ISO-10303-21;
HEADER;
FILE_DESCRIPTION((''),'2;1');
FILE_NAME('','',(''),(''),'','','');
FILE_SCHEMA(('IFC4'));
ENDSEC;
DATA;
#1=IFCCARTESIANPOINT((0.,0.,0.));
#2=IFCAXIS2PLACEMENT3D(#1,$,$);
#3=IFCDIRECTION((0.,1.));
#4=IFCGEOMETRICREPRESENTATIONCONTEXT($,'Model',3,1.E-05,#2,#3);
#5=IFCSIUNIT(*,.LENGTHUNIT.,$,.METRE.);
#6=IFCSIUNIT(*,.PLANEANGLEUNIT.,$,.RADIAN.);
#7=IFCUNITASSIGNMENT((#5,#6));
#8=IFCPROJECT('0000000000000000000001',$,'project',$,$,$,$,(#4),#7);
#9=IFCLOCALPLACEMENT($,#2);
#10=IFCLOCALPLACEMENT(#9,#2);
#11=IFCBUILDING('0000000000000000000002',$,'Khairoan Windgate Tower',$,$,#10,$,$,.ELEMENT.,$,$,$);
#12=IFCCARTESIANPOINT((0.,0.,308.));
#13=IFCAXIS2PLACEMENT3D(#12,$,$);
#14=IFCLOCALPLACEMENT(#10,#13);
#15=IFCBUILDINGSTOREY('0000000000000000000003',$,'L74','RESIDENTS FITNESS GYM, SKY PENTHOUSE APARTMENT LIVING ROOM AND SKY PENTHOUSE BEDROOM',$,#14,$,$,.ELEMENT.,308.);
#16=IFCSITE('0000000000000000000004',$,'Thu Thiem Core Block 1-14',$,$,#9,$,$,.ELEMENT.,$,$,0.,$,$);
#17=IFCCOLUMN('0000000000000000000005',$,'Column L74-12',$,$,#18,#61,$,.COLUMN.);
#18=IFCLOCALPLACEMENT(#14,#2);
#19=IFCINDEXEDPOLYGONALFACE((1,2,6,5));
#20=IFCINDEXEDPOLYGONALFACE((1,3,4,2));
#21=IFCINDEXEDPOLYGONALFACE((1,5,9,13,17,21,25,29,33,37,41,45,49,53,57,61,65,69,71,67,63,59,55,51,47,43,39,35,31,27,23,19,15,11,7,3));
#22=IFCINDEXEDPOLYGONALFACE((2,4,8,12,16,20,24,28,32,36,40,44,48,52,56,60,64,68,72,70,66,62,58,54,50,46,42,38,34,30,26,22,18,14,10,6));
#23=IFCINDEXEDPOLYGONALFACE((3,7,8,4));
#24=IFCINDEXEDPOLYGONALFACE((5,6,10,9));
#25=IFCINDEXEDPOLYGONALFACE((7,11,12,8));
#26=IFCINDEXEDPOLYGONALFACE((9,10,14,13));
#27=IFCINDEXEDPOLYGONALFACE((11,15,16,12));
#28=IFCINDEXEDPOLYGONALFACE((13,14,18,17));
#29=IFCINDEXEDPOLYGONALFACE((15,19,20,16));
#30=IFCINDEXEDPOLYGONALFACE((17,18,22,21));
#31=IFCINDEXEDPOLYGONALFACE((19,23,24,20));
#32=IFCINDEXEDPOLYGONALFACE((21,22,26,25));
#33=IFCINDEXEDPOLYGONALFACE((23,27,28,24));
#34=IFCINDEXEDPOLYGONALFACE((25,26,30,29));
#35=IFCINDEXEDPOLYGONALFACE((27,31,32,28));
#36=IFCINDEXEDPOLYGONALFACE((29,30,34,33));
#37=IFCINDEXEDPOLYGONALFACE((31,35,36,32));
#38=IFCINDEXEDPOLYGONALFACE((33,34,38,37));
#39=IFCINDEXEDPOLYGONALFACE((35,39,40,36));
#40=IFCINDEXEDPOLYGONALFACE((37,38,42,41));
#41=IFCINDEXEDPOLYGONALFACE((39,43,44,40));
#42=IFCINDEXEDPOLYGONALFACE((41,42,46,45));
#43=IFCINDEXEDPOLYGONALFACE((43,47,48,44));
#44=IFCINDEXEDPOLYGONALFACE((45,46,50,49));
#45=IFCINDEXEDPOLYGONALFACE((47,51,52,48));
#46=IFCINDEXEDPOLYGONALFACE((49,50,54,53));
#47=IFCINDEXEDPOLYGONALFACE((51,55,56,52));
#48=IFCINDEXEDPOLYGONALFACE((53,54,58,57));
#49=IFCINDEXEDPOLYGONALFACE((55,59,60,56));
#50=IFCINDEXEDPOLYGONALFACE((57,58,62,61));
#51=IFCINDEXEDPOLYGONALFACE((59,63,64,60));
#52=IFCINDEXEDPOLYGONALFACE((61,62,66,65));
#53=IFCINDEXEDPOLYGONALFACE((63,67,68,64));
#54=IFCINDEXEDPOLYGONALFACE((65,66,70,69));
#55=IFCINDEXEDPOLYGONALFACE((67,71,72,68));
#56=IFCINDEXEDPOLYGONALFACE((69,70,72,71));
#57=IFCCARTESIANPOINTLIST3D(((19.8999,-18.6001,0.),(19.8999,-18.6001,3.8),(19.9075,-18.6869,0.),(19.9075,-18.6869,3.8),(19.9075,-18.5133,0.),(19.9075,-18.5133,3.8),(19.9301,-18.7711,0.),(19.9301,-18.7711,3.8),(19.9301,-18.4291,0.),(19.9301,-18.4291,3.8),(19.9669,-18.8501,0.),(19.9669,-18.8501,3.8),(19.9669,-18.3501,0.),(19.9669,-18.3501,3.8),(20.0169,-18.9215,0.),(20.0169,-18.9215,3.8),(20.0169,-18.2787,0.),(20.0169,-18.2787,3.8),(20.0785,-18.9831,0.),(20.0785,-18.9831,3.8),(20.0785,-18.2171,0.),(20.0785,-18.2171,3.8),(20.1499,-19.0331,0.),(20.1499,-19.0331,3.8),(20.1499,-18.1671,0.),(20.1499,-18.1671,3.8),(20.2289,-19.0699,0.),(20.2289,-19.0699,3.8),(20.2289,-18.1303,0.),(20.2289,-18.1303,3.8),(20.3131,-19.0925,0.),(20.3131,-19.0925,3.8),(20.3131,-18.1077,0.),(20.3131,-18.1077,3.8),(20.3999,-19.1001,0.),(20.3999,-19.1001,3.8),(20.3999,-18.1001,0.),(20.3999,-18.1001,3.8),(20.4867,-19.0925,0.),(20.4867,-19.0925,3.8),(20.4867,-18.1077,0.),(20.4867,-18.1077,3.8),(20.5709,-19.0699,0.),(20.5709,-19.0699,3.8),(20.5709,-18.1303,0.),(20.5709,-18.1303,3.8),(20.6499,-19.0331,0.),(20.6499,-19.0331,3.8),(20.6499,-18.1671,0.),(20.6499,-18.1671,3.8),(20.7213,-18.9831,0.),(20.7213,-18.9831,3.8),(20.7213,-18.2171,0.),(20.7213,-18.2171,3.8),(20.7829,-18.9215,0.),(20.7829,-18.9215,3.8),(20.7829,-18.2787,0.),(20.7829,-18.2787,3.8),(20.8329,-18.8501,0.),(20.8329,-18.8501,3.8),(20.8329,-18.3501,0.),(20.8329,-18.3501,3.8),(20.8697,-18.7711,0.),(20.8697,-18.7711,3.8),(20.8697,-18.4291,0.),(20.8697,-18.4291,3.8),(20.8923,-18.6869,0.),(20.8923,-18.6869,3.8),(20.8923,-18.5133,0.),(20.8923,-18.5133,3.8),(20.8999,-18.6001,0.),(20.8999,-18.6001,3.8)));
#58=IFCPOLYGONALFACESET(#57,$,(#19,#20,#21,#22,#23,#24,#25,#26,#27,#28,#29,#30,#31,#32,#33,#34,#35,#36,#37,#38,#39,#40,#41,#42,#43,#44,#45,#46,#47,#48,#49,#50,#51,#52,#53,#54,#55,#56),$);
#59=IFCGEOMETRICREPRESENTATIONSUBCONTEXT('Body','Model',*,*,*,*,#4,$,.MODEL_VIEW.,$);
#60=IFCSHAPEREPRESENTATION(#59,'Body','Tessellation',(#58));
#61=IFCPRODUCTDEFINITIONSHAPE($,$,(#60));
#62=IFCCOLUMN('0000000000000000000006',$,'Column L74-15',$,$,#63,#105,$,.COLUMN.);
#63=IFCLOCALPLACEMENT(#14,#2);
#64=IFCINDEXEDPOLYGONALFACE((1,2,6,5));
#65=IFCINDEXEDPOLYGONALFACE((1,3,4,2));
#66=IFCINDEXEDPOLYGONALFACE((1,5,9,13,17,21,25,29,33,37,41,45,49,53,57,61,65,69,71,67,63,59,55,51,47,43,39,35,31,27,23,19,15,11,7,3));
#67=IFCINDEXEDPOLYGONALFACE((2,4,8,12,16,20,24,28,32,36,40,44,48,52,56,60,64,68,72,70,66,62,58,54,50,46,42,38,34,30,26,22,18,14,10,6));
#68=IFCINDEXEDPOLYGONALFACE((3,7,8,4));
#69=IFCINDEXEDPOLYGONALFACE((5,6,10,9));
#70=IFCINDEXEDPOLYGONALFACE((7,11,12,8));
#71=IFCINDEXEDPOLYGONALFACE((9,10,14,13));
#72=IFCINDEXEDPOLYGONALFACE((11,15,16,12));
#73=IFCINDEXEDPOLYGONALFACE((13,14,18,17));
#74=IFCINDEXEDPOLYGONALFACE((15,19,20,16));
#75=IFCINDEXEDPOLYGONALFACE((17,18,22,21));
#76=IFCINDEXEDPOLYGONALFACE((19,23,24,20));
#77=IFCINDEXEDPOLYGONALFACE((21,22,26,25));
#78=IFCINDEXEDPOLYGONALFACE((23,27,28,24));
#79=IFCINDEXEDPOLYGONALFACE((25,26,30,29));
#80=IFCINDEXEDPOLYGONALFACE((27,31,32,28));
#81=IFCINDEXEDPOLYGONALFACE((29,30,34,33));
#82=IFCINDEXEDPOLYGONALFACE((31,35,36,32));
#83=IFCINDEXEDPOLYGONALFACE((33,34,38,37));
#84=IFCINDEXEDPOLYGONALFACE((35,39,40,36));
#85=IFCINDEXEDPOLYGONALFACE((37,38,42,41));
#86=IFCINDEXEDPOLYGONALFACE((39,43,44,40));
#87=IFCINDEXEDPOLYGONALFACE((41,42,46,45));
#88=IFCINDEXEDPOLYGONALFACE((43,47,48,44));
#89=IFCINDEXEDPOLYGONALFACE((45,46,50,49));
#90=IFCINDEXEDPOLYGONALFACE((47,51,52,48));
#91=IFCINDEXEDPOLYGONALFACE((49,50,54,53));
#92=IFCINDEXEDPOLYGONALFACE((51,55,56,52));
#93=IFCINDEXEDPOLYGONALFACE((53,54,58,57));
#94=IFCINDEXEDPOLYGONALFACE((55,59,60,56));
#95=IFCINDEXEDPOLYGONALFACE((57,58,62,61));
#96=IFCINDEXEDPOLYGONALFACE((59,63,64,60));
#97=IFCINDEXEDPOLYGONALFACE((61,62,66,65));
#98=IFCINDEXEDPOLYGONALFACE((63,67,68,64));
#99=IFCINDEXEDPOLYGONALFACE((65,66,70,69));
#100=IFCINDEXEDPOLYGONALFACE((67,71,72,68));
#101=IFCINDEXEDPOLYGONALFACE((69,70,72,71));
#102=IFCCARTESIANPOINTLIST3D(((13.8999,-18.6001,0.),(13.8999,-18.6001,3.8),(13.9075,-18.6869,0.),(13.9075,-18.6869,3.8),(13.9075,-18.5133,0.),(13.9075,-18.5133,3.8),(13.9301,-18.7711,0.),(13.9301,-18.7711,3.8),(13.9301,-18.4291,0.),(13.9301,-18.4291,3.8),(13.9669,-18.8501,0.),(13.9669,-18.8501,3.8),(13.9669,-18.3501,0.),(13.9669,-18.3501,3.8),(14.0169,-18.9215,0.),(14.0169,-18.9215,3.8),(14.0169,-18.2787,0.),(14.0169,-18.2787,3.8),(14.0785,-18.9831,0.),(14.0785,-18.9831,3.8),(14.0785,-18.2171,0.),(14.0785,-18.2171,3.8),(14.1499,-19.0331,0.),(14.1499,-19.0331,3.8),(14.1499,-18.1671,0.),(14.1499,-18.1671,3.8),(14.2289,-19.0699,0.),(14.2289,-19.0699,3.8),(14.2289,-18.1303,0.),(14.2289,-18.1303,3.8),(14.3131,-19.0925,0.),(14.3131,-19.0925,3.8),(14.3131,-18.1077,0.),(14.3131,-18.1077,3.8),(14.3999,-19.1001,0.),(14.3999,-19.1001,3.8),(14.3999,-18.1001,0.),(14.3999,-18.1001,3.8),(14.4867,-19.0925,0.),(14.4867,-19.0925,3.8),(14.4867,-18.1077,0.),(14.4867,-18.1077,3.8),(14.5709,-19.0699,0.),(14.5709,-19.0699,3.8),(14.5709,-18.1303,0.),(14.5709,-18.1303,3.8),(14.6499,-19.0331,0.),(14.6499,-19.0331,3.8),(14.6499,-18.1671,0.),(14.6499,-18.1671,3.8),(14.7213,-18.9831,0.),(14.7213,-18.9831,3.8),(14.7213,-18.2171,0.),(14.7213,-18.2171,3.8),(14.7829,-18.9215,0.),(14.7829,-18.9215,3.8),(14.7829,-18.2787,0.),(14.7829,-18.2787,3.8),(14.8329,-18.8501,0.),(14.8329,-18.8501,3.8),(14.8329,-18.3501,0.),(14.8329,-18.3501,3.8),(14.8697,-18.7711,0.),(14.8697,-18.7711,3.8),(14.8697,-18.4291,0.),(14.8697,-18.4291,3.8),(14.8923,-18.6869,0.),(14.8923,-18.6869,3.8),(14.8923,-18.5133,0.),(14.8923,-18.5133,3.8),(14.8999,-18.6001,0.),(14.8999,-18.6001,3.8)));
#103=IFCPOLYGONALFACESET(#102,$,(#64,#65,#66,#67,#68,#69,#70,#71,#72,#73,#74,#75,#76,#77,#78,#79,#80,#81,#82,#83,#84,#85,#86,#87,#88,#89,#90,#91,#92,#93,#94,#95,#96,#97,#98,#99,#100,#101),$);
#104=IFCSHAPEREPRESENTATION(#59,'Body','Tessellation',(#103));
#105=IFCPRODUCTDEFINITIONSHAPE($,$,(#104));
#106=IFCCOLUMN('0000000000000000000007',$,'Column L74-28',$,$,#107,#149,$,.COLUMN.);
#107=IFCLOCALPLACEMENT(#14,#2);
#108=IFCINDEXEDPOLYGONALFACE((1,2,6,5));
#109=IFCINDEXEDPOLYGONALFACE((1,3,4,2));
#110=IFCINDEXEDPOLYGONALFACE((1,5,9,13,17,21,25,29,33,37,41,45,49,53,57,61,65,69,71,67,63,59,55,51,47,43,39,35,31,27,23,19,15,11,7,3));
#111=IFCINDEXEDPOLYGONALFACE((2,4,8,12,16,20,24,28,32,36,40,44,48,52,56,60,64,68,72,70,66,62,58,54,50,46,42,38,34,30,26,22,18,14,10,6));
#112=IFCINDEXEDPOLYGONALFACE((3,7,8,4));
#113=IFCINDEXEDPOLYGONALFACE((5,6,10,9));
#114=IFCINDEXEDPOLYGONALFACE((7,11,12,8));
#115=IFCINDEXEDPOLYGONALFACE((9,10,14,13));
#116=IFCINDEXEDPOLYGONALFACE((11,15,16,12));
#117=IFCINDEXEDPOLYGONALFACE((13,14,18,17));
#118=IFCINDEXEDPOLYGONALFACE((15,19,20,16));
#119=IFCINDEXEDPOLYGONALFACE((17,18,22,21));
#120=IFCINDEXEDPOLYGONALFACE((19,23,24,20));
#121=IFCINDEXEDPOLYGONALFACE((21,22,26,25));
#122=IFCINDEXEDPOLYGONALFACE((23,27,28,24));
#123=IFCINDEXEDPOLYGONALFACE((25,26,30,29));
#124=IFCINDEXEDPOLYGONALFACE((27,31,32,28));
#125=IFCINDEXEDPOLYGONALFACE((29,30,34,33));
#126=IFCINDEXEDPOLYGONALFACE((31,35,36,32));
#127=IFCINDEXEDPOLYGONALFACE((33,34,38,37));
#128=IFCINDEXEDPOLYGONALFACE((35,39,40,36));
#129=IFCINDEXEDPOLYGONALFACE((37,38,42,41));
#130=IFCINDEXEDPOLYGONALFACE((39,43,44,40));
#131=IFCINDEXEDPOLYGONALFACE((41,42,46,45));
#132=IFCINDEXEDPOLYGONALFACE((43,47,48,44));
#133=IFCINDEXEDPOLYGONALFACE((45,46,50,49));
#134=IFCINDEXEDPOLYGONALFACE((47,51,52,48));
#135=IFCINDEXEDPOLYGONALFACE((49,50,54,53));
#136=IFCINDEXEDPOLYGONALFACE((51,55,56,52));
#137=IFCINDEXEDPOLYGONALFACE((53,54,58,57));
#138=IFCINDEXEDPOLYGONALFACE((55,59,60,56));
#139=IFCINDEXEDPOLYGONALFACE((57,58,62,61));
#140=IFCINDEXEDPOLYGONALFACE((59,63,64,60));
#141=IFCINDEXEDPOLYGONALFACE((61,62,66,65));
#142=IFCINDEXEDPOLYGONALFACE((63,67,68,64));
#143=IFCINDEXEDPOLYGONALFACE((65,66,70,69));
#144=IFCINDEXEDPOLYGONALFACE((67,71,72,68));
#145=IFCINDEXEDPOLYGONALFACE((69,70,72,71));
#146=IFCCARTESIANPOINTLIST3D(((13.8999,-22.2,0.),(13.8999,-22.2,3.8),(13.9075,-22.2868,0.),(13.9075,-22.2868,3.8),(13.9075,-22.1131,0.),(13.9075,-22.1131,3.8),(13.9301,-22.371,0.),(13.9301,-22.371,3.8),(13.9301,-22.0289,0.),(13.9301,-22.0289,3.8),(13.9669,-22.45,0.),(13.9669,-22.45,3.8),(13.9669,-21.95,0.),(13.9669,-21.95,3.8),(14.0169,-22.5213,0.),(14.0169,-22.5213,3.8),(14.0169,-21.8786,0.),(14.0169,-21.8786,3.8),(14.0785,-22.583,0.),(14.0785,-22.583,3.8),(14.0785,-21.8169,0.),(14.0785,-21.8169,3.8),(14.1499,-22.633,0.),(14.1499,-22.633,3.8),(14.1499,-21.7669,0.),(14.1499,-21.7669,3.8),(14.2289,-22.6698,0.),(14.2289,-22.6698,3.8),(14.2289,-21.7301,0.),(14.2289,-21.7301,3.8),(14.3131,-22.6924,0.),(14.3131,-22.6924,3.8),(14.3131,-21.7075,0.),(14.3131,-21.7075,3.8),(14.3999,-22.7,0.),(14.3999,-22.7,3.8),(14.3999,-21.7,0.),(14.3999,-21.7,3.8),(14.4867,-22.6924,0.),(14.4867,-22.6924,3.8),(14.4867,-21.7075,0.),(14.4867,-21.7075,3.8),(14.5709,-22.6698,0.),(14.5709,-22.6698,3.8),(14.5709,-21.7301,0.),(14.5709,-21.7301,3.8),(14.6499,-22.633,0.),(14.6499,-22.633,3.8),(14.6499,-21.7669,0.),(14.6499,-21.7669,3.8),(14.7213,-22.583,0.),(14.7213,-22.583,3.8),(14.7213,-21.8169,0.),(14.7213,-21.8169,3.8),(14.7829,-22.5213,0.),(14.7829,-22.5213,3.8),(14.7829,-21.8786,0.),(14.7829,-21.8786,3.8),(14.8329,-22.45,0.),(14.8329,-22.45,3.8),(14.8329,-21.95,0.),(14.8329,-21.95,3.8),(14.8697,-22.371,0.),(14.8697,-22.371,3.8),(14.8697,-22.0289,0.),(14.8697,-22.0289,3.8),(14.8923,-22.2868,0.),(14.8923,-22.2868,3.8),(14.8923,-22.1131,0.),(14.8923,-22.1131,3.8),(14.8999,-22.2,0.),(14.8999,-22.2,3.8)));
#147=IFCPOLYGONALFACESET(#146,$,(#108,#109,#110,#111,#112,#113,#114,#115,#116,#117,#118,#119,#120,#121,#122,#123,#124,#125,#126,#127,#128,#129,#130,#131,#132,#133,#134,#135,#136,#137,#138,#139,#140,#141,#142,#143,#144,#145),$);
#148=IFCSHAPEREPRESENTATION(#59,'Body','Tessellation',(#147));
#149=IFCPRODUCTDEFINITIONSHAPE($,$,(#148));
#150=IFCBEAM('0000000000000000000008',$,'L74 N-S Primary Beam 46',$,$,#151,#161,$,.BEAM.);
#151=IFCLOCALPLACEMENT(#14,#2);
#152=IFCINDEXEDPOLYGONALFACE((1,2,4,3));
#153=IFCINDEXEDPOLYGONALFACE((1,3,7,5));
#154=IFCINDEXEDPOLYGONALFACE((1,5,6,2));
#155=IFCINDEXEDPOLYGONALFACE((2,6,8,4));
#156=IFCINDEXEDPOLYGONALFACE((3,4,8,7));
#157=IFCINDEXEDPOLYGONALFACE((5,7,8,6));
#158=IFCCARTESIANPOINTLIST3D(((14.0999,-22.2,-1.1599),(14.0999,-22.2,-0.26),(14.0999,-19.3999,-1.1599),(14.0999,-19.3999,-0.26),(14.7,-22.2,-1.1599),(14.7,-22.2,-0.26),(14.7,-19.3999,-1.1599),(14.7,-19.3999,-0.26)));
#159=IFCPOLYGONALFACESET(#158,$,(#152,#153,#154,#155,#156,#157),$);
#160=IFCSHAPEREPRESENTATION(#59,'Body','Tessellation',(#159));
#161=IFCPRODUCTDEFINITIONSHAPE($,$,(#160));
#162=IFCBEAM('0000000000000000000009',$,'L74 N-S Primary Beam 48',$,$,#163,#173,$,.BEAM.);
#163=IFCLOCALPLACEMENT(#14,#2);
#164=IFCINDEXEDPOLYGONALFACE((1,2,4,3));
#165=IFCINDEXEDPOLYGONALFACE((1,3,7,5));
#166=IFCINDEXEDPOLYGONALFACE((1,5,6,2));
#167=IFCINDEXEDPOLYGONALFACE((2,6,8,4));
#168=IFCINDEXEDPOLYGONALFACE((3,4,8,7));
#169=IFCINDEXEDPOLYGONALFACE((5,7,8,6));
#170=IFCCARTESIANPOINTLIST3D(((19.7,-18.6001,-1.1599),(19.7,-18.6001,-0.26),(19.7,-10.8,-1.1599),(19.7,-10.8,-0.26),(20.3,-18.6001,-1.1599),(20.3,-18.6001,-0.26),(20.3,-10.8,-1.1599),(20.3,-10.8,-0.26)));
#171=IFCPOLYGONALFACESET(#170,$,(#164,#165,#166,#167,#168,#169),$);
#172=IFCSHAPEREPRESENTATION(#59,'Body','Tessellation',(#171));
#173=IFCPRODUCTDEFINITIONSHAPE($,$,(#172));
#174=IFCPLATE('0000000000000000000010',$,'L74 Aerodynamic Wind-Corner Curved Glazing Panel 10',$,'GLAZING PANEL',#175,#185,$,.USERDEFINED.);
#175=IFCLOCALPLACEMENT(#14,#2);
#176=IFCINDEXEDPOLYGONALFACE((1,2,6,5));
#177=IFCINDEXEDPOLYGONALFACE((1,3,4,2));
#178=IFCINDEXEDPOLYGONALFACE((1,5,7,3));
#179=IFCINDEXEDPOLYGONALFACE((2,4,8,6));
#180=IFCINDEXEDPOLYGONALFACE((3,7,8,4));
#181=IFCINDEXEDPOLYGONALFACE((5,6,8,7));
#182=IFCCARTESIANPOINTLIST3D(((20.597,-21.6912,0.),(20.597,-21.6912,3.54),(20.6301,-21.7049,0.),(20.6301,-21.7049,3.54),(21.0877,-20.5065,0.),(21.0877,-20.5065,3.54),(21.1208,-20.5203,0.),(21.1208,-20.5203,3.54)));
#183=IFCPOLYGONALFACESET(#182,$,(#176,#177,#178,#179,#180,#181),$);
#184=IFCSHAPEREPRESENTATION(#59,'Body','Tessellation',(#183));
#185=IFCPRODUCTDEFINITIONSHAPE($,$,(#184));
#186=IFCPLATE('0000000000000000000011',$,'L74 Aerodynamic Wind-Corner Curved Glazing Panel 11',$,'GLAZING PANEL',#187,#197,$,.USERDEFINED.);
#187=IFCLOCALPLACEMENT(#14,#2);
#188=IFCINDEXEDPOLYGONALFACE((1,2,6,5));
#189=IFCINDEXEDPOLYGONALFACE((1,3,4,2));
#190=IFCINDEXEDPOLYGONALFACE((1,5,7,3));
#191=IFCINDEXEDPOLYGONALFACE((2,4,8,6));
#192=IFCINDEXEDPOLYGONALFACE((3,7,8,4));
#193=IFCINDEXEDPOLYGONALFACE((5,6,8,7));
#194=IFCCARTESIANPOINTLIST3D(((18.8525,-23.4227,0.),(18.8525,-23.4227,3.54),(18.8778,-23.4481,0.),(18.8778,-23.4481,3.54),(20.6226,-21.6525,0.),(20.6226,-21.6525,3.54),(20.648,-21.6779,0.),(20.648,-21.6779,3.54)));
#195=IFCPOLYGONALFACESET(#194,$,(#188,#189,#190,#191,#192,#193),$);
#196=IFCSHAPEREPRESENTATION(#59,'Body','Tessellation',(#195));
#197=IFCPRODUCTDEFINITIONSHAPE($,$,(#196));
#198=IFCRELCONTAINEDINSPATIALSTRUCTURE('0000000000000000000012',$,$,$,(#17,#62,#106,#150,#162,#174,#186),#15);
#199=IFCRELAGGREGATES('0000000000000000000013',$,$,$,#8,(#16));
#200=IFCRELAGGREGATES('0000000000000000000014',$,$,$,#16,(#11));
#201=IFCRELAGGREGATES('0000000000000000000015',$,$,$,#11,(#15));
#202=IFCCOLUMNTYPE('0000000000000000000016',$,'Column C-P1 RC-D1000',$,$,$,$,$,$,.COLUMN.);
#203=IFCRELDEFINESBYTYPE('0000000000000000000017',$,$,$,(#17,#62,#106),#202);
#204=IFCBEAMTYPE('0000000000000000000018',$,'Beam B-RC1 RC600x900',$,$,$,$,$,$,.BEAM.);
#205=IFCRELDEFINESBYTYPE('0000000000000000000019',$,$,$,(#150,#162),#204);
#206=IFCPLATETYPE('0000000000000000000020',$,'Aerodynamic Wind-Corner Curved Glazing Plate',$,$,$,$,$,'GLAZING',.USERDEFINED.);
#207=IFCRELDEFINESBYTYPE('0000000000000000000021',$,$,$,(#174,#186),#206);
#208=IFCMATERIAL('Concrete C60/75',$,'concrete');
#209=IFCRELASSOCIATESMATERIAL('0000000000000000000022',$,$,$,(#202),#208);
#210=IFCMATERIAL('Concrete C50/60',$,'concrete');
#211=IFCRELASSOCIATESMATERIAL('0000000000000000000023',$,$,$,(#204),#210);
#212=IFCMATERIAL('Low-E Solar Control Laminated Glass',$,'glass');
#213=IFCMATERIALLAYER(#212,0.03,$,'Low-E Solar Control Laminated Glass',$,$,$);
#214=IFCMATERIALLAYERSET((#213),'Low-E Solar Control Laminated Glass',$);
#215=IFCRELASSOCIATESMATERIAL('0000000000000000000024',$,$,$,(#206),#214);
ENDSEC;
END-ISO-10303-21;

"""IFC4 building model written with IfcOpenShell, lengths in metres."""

from ifc_helpers import new_model, si_unit, direction, frame, origin, origin_2d, place, context, subcontext, project, spatial, rectangle, circle, extrude, material, layer, layer_set, material_profile, profile_set, type_object, element, save


model = new_model("IFC4")

# Units and contexts
model_context = context("Model", 3, precision=1e-05, world=origin(), true_north=direction((0.0, 1.0)))
body_context = subcontext(model_context, "Body", "Model", "MODEL_VIEW")
ifc_project = project(units=[si_unit("LENGTHUNIT", "METRE"), si_unit("PLANEANGLEUNIT", "RADIAN")], contexts=[model_context])

# Site, building, storey
site_placement = place(None, origin())
site = spatial("IfcSite", under=ifc_project, at=site_placement, Name="Thu Thiem Core Block 1-14", CompositionType="ELEMENT", RefElevation=0.0)
building_placement = place(site_placement, origin())
building = spatial("IfcBuilding", under=site, at=building_placement, Name="Khairoan Windgate Tower", CompositionType="ELEMENT")
storey_placement = place(building_placement, frame((0.0, 0.0, 308.0)))
storey = spatial("IfcBuildingStorey", under=building, at=storey_placement, Name="L74", Description="RESIDENTS FITNESS GYM, SKY PENTHOUSE APARTMENT LIVING ROOM AND SKY PENTHOUSE BEDROOM", CompositionType="ELEMENT", Elevation=308.0)

# Columns
ifc_material_1 = material(Name="Concrete C60/75", Category="concrete")
ifc_material_profile_1 = material_profile(ifc_material_1, circle(Radius=0.5, at=origin_2d()))
ifc_profile_set_1 = profile_set([ifc_material_profile_1], Name="Concrete C60/75")
column_type = type_object("IfcColumnType", Name="Column C-P1 RC-D1000", PredefinedType="COLUMN", material=ifc_profile_set_1)
for number, where, z_axis, x_axis, name in (
    (1, (20.3999, -18.6001, 0.0), (0.0, 0.0, 1.0), (1.0, 0.0, 0.0), "Column L74-12"),
    (2, (14.3999, -18.6001, 0.0), (0.0, 0.0, 1.0), (1.0, 0.0, 0.0), "Column L74-15"),
    (3, (14.3999, -22.2, 0.0), (0.0, 0.0, 1.0), (1.0, 0.0, 0.0), "Column L74-28"),
):
    element("IfcColumn", number, at=place(storey_placement, frame(where, z_axis=z_axis, x_axis=x_axis)), inside=storey, type_object=column_type, Name=name, PredefinedType="COLUMN", context=body_context, shape_type="SweptSolid", body=[
        extrude(circle(Radius=0.5, at=origin_2d()), origin(), (0.0, 0.0, 1.0), 3.8),
    ])

# Beams
ifc_material_2 = material(Name="Concrete C50/60", Category="concrete")
ifc_material_profile_2 = material_profile(ifc_material_2, rectangle(XDim=0.6001, YDim=0.8999, at=origin_2d()))
ifc_profile_set_2 = profile_set([ifc_material_profile_2], Name="Concrete C50/60")
beam_type = type_object("IfcBeamType", Name="Beam B-RC1 RC600x900", PredefinedType="BEAM", material=ifc_profile_set_2)
beam_1_placement = place(storey_placement, frame((14.3999, -22.2, -0.71), z_axis=(0.0, 1.0, 0.0), x_axis=(-1.0, 0.0, 0.0)))
element("IfcBeam", 4, at=beam_1_placement, inside=storey, type_object=beam_type, Name="L74 N-S Primary Beam 46", PredefinedType="BEAM", context=body_context, shape_type="SweptSolid", body=[
    extrude(rectangle(XDim=0.6001, YDim=0.8999, at=origin_2d()), origin(), (0.0, 0.0, 1.0), 2.8),
])
beam_2_placement = place(storey_placement, frame((20.0, -18.6001, -0.71), z_axis=(0.0, 1.0, 0.0), x_axis=(-1.0, 0.0, 0.0)))
element("IfcBeam", 5, at=beam_2_placement, inside=storey, type_object=beam_type, Name="L74 N-S Primary Beam 48", PredefinedType="BEAM", context=body_context, shape_type="SweptSolid", body=[
    extrude(rectangle(XDim=0.6001, YDim=0.8999, at=origin_2d()), origin(), (0.0, 0.0, 1.0), 7.8),
])

# Plates
ifc_material_3 = material(Name="Low-E Solar Control Laminated Glass", Category="glass")
ifc_layer_1 = layer(ifc_material_3, 0.03, Name="Low-E Solar Control Laminated Glass")
ifc_layer_set_1 = layer_set([ifc_layer_1], Name="Low-E Solar Control Laminated Glass")
plate_type_1 = type_object("IfcPlateType", Name="Aerodynamic Wind-Corner Curved Glazing Plate", ElementType="GLAZING", PredefinedType="USERDEFINED", material=ifc_layer_set_1)
plate_1_placement = place(storey_placement, frame((20.8589, -21.1057, 0.0), z_axis=(0.0, 0.0, 1.0), x_axis=(-0.382683, -0.92388, 0.0)))
element("IfcPlate", 6, at=plate_1_placement, inside=storey, type_object=plate_type_1, Name="L74 Aerodynamic Wind-Corner Curved Glazing Panel 10", ObjectType="GLAZING PANEL", PredefinedType="USERDEFINED", context=body_context, shape_type="SweptSolid", body=[
    extrude(rectangle(XDim=1.2822, YDim=0.0359, at=origin_2d()), origin(), (0.0, 0.0, 1.0), 3.54),
])
plate_2_placement = place(storey_placement, frame((19.7502, -22.5503, 0.0), z_axis=(0.0, 0.0, 1.0), x_axis=(-0.707107, -0.707107, 0.0)))
element("IfcPlate", 7, at=plate_2_placement, inside=storey, type_object=plate_type_1, Name="L74 Aerodynamic Wind-Corner Curved Glazing Panel 11", ObjectType="GLAZING PANEL", PredefinedType="USERDEFINED", context=body_context, shape_type="SweptSolid", body=[
    extrude(rectangle(XDim=2.5034, YDim=0.0359, at=origin_2d()), origin(), (0.0, 0.0, 1.0), 3.54),
])

save(model, "model.ifc")
